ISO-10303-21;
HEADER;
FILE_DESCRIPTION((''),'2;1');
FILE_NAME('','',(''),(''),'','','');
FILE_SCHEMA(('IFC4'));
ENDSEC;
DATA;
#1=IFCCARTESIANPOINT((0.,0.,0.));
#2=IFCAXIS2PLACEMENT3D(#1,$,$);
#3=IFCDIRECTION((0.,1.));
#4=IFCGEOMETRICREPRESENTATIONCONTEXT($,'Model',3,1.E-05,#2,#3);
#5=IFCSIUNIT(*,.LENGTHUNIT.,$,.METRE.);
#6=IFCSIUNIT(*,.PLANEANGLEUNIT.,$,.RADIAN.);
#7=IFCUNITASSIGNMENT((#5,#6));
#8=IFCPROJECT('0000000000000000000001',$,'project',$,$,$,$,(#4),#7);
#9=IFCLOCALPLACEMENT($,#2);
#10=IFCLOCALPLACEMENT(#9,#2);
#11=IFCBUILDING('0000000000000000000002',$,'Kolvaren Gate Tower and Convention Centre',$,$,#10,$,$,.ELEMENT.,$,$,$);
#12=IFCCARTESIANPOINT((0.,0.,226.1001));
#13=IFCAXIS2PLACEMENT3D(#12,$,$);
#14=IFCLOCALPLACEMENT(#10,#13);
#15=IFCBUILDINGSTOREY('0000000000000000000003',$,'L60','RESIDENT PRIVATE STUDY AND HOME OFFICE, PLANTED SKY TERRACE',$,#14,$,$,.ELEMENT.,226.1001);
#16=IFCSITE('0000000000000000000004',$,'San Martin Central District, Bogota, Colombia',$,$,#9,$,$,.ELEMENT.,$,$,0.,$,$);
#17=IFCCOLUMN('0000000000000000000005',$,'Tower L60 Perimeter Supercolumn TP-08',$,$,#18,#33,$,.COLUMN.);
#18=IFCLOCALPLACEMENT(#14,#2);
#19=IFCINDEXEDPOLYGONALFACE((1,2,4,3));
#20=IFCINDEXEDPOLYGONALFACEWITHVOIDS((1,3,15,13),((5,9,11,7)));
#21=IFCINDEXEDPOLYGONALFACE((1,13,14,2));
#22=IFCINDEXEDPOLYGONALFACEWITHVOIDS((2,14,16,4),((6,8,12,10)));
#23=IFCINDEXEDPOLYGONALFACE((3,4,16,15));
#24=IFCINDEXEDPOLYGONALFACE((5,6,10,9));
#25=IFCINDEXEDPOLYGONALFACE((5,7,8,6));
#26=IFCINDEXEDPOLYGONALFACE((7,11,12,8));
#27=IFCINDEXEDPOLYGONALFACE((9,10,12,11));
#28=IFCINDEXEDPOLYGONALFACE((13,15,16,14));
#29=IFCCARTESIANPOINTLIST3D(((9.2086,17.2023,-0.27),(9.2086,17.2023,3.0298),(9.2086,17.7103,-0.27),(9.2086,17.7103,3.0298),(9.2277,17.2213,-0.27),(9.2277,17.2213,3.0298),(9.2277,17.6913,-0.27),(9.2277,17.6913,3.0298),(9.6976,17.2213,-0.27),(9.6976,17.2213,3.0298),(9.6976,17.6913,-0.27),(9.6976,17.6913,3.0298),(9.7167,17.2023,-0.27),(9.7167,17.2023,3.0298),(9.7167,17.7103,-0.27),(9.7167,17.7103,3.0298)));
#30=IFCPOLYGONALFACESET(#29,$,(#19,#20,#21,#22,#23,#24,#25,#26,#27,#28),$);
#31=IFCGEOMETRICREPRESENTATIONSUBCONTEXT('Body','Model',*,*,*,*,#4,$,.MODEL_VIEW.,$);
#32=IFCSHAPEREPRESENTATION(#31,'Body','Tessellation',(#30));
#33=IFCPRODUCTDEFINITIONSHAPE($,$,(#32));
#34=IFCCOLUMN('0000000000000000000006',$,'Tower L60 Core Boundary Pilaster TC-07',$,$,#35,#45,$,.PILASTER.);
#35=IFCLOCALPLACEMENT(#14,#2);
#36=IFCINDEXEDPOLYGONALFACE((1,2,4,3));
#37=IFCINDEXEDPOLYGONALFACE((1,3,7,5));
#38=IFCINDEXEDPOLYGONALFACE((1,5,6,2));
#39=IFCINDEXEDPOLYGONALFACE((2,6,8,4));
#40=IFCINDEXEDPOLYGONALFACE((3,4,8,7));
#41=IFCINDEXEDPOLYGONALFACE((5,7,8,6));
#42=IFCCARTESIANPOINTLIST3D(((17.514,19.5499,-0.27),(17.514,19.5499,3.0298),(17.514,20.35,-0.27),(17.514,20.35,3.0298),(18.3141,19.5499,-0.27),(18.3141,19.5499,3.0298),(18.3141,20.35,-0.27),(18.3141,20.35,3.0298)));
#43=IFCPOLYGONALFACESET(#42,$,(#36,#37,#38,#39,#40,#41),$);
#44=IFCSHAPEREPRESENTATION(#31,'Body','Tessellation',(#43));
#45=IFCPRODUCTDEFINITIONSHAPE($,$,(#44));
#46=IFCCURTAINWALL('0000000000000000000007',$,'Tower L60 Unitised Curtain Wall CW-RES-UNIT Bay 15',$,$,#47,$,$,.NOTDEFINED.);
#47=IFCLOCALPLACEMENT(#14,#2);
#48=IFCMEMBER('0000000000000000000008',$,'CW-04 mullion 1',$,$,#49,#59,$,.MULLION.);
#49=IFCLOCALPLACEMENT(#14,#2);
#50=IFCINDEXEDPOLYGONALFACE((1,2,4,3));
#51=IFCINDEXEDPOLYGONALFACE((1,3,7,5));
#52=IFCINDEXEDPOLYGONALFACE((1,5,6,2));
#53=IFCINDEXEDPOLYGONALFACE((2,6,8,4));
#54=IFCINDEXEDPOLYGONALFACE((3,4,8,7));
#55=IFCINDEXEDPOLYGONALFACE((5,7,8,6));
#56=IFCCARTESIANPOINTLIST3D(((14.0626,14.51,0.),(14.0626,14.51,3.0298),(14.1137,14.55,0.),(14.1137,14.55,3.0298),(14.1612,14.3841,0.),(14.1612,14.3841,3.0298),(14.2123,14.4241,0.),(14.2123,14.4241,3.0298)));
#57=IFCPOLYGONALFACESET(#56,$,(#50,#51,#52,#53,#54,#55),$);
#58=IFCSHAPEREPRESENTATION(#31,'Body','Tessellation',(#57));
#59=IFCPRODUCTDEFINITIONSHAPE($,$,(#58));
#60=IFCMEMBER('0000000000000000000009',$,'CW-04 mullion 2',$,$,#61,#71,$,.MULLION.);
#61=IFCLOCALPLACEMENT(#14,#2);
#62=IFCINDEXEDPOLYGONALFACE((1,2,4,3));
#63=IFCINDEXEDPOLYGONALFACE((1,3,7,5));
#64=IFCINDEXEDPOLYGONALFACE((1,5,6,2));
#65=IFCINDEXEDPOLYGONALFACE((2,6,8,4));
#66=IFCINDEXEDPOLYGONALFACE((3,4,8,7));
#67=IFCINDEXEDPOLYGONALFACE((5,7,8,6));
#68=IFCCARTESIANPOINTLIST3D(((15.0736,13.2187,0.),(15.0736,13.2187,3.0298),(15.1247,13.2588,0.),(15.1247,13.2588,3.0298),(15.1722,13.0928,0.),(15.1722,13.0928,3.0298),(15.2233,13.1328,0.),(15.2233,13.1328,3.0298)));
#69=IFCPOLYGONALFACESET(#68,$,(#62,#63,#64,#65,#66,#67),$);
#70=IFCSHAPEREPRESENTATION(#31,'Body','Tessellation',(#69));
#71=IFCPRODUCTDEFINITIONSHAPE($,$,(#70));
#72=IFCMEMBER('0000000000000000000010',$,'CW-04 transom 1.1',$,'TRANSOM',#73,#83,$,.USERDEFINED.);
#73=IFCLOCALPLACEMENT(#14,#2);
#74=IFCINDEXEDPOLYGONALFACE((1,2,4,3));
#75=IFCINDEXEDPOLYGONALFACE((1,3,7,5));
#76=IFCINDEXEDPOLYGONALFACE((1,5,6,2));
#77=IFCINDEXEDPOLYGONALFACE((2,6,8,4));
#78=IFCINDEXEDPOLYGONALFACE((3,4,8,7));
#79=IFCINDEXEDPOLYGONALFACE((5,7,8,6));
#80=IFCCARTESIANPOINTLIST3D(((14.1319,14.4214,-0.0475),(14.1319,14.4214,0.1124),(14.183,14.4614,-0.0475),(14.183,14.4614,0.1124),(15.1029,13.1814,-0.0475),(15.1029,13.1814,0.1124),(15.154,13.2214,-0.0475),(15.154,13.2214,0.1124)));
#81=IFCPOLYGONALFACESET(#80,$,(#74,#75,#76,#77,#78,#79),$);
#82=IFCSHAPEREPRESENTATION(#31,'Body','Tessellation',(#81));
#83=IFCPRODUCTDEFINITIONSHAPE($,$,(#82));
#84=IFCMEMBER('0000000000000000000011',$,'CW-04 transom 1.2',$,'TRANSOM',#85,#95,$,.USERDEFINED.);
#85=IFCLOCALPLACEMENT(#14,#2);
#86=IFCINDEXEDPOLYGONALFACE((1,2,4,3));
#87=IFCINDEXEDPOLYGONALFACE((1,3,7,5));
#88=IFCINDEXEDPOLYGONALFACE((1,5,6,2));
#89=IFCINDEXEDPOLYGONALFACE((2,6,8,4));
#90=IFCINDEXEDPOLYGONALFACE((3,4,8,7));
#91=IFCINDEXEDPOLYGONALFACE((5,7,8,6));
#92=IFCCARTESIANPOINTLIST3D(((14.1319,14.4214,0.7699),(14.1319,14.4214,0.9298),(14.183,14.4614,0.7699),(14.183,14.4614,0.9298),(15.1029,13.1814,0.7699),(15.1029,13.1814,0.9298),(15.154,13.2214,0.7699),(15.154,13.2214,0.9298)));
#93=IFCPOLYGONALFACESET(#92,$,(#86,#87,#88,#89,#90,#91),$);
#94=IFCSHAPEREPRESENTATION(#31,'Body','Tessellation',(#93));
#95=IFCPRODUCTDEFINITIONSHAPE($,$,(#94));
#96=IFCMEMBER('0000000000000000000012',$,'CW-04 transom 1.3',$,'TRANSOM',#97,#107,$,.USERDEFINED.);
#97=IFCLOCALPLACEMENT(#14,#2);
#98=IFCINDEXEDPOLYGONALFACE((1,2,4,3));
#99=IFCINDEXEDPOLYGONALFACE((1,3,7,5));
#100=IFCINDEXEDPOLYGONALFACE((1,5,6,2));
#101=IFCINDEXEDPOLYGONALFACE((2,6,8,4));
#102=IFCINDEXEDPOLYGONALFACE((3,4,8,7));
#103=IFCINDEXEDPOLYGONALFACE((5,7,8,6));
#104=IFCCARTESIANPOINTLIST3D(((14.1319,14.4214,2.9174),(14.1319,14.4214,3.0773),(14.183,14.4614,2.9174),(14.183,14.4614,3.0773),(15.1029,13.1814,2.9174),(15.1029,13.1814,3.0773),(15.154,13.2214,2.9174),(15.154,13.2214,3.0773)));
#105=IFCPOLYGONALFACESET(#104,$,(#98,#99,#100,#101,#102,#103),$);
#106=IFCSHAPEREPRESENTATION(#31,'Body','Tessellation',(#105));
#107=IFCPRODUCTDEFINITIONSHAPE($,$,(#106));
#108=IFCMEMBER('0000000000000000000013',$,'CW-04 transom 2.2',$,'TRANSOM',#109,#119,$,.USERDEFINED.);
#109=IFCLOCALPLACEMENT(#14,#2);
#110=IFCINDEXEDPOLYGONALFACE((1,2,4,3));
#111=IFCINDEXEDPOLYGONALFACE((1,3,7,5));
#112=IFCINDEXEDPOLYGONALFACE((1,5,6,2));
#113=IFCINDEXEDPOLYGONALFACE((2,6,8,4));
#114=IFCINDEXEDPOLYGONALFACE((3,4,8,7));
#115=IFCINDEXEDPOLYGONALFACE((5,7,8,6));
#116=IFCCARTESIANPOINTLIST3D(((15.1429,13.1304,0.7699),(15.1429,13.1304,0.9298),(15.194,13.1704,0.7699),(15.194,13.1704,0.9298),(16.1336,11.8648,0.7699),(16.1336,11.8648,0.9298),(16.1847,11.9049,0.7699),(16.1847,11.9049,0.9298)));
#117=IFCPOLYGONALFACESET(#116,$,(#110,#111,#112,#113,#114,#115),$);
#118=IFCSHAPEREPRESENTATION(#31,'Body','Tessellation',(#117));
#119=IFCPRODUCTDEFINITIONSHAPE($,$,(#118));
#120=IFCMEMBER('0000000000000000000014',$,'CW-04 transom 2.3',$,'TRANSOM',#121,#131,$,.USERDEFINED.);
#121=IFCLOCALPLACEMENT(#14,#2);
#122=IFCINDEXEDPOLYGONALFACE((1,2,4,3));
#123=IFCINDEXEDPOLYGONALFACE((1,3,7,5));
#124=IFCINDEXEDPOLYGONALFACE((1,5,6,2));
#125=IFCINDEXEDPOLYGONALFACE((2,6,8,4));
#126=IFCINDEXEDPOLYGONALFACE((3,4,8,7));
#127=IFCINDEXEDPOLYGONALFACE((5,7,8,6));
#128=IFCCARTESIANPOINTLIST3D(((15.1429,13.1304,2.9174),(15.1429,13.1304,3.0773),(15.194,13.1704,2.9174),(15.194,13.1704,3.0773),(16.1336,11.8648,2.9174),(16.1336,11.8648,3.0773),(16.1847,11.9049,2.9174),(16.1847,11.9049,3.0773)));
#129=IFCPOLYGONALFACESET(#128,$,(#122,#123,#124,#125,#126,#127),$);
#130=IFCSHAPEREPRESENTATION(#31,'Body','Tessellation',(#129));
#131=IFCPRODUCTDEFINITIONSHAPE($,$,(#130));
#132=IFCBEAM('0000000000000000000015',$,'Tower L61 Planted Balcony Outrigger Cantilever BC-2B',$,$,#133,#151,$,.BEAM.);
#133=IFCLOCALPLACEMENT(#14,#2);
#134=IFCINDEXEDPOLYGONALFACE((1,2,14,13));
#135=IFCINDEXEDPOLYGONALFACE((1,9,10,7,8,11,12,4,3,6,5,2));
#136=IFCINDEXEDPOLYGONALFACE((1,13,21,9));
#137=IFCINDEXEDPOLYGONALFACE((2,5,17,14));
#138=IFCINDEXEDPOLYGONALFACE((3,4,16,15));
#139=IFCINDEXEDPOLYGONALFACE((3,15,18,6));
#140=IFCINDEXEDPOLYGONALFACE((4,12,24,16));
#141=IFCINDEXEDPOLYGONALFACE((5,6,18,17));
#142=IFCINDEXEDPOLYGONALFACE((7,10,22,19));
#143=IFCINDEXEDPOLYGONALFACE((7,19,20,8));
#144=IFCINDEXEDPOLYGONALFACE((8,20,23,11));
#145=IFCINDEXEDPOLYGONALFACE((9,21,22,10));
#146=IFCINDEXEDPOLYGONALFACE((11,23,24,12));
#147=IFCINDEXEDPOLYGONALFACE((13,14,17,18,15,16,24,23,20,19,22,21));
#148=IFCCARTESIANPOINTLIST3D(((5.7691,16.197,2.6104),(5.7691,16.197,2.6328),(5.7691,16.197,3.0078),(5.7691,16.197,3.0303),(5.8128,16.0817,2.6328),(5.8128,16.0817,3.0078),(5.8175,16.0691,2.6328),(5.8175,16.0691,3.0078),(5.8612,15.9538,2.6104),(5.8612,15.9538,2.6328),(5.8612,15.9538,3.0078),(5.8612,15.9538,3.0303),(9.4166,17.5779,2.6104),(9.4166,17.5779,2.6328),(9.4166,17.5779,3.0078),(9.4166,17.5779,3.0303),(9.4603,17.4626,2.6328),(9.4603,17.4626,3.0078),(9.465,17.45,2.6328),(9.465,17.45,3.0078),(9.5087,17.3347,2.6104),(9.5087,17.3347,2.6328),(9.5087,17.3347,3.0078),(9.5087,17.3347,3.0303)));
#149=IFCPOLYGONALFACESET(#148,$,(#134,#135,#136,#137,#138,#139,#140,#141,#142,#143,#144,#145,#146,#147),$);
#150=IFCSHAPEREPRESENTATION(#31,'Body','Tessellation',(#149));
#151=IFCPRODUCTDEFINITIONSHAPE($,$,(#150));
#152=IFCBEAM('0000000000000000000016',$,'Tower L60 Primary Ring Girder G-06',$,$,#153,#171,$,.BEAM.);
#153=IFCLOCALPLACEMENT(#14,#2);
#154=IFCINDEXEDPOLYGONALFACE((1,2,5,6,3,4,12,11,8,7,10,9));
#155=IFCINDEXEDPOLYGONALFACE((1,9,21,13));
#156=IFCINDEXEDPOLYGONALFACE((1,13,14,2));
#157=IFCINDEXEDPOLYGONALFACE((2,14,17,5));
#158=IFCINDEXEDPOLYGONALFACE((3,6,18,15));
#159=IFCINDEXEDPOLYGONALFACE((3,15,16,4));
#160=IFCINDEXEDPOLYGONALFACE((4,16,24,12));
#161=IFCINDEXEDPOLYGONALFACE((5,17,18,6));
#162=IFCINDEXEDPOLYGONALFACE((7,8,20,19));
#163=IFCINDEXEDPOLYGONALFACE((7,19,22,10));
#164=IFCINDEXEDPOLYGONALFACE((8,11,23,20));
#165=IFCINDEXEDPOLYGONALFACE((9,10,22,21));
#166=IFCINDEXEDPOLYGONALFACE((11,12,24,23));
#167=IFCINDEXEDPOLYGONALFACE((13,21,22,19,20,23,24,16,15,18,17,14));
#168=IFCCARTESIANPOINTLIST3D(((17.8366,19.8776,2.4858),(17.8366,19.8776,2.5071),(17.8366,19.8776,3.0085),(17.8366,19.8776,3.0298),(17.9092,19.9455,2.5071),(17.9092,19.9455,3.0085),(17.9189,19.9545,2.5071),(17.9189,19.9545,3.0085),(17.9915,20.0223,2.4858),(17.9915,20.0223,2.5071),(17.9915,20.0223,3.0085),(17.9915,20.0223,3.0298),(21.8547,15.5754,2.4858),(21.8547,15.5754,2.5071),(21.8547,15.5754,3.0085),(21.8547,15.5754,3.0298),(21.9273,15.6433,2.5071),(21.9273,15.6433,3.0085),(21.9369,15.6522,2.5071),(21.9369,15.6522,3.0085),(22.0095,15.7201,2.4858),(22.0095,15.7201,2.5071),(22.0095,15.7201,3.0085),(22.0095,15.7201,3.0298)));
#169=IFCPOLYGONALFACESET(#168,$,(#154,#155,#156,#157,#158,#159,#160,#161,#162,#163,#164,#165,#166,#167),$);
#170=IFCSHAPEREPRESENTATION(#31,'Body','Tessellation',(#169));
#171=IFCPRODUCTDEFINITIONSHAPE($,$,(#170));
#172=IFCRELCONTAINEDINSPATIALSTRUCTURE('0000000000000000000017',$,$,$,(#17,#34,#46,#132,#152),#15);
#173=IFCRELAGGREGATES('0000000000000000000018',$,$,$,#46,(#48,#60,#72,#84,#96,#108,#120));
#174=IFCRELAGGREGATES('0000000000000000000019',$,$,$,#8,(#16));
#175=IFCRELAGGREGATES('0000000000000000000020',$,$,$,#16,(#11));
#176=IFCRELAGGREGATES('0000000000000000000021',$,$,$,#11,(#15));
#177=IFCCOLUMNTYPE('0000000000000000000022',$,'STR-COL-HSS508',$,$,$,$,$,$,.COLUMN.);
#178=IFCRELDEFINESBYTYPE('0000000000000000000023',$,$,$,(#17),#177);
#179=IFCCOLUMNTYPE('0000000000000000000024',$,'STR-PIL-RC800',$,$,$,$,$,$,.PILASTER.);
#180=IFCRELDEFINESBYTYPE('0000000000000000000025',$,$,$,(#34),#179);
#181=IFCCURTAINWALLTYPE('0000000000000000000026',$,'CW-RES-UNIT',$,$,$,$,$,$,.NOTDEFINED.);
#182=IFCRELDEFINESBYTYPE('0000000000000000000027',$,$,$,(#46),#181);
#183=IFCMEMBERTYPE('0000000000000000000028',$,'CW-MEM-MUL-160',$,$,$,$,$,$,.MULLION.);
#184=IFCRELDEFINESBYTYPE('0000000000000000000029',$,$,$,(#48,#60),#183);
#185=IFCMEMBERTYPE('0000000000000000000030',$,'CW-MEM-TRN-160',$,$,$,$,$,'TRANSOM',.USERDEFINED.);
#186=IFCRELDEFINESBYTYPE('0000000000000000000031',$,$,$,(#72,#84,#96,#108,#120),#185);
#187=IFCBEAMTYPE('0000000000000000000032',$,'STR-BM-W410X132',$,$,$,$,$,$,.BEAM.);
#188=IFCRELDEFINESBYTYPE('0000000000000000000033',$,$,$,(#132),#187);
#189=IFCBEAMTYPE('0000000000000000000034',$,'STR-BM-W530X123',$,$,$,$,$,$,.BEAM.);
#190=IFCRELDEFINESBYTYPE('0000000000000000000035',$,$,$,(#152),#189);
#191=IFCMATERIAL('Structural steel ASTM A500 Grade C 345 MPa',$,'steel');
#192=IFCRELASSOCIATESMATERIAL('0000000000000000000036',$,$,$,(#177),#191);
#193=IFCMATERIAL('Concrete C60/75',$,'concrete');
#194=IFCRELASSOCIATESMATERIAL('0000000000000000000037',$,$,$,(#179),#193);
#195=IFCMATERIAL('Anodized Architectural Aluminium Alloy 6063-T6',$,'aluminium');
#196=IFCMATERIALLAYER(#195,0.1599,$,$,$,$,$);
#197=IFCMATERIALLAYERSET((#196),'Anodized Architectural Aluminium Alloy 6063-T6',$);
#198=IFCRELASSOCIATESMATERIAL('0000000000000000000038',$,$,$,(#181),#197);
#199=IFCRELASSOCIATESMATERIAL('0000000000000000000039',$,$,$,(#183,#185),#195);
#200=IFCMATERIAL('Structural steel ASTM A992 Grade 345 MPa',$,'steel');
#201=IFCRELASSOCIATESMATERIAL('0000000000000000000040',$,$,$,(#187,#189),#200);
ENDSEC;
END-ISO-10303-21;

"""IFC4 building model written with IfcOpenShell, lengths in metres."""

from ifc_helpers import new_model, si_unit, direction, frame, origin, origin_2d, place, context, subcontext, project, spatial, rectangle, hollow_rectangle, i_section, extrude, material, layer, layer_set, material_profile, profile_set, type_object, element, aggregate, save


model = new_model("IFC4")

# Units and contexts
model_context = context("Model", 3, precision=1e-05, world=origin(), true_north=direction((0.0, 1.0)))
body_context = subcontext(model_context, "Body", "Model", "MODEL_VIEW")
ifc_project = project(units=[si_unit("LENGTHUNIT", "METRE"), si_unit("PLANEANGLEUNIT", "RADIAN")], contexts=[model_context])

# Site, building, storey
site_placement = place(None, origin())
site = spatial("IfcSite", under=ifc_project, at=site_placement, Name="San Martin Central District, Bogota, Colombia", CompositionType="ELEMENT", RefElevation=0.0)
building_placement = place(site_placement, origin())
building = spatial("IfcBuilding", under=site, at=building_placement, Name="Kolvaren Gate Tower and Convention Centre", CompositionType="ELEMENT")
storey_placement = place(building_placement, frame((0.0, 0.0, 226.1001)))
storey = spatial("IfcBuildingStorey", under=building, at=storey_placement, Name="L60", Description="RESIDENT PRIVATE STUDY AND HOME OFFICE, PLANTED SKY TERRACE", CompositionType="ELEMENT", Elevation=226.1001)

# Columns
ifc_material_1 = material(Name="Structural steel ASTM A500 Grade C 345 MPa", Category="steel")
ifc_material_profile_1 = material_profile(ifc_material_1, hollow_rectangle(XDim=0.5081, YDim=0.5081, WallThickness=0.019, at=origin_2d()), Name="HSS508X508X19.1")
ifc_profile_set_1 = profile_set([ifc_material_profile_1], Name="Structural steel ASTM A500 Grade C 345 MPa")
column_type_1 = type_object("IfcColumnType", Name="STR-COL-HSS508", PredefinedType="COLUMN", material=ifc_profile_set_1)
column_1_placement = place(storey_placement, frame((9.4626, 17.4563, -0.27), z_axis=(0.0, 0.0, 1.0), x_axis=(1.0, 0.0, 0.0)))
element("IfcColumn", 1, at=column_1_placement, inside=storey, type_object=column_type_1, Name="Tower L60 Perimeter Supercolumn TP-08", PredefinedType="COLUMN", context=body_context, shape_type="SweptSolid", body=[
    extrude(hollow_rectangle(XDim=0.5081, YDim=0.5081, WallThickness=0.019, at=origin_2d()), origin(), (0.0, 0.0, 1.0), 3.2998),
])
ifc_material_2 = material(Name="Concrete C60/75", Category="concrete")
ifc_material_profile_2 = material_profile(ifc_material_2, rectangle(XDim=0.8, YDim=0.8, at=origin_2d()), Name="RC-COL-800X800")
ifc_profile_set_2 = profile_set([ifc_material_profile_2], Name="Concrete C60/75")
column_type_2 = type_object("IfcColumnType", Name="STR-PIL-RC800", PredefinedType="PILASTER", material=ifc_profile_set_2)
column_2_placement = place(storey_placement, frame((17.9141, 19.95, -0.27), z_axis=(0.0, 0.0, 1.0), x_axis=(1.0, 0.0, 0.0)))
element("IfcColumn", 2, at=column_2_placement, inside=storey, type_object=column_type_2, Name="Tower L60 Core Boundary Pilaster TC-07", PredefinedType="PILASTER", context=body_context, shape_type="SweptSolid", body=[
    extrude(rectangle(XDim=0.8, YDim=0.8, at=origin_2d()), origin(), (0.0, 0.0, 1.0), 3.2998),
])

# Curtain wall, members
ifc_material_3 = material(Name="Anodized Architectural Aluminium Alloy 6063-T6", Category="aluminium")
ifc_layer_1 = layer(ifc_material_3, 0.1599)
ifc_layer_set_1 = layer_set([ifc_layer_1], Name="Anodized Architectural Aluminium Alloy 6063-T6")
curtain_wall_type = type_object("IfcCurtainWallType", Name="CW-RES-UNIT", PredefinedType="NOTDEFINED", material=ifc_layer_set_1)
curtain_wall_placement = place(storey_placement, origin())
curtain_wall = element("IfcCurtainWall", 3, at=curtain_wall_placement, inside=storey, type_object=curtain_wall_type, Name="Tower L60 Unitised Curtain Wall CW-RES-UNIT Bay 15", PredefinedType="NOTDEFINED")
ifc_material_profile_3 = material_profile(ifc_material_3, rectangle(XDim=0.0649, YDim=0.1599, at=origin_2d()), Name="CW-MEM-MUL-160")
ifc_profile_set_3 = profile_set([ifc_material_profile_3], Name="Anodized Architectural Aluminium Alloy 6063-T6")
member_type_1 = type_object("IfcMemberType", Name="CW-MEM-MUL-160", PredefinedType="MULLION", material=ifc_profile_set_3)
member_1_placement = place(storey_placement, frame((14.1375, 14.467, 0.0), z_axis=(0.0, 0.0, 1.0), x_axis=(0.78741, 0.61643, 0.0)))
member_1 = element("IfcMember", 4, at=member_1_placement, type_object=member_type_1, Name="CW-04 mullion 1", PredefinedType="MULLION", context=body_context, shape_type="SweptSolid", body=[
    extrude(rectangle(XDim=0.0649, YDim=0.1599, at=origin_2d()), origin(), (0.0, 0.0, 1.0), 3.0298),
])
member_2_placement = place(storey_placement, frame((15.1484, 13.1758, 0.0), z_axis=(0.0, 0.0, 1.0), x_axis=(0.78741, 0.61643, 0.0)))
member_2 = element("IfcMember", 5, at=member_2_placement, type_object=member_type_1, Name="CW-04 mullion 2", PredefinedType="MULLION", context=body_context, shape_type="SweptSolid", body=[
    extrude(rectangle(XDim=0.0649, YDim=0.1599, at=origin_2d()), origin(), (0.0, 0.0, 1.0), 3.0298),
])
ifc_material_profile_4 = material_profile(ifc_material_3, rectangle(XDim=0.0649, YDim=0.1599, at=origin_2d()), Name="CW-MEM-TRN-160")
ifc_profile_set_4 = profile_set([ifc_material_profile_4], Name="Anodized Architectural Aluminium Alloy 6063-T6")
member_type_2 = type_object("IfcMemberType", Name="CW-MEM-TRN-160", ElementType="TRANSOM", PredefinedType="USERDEFINED", material=ifc_profile_set_4)
member_3_placement = place(storey_placement, frame((14.1575, 14.4414, 0.0325), z_axis=(0.616513, -0.787345, 0.0), x_axis=(0.787345, 0.616513, 0.0)))
member_3 = element("IfcMember", 6, at=member_3_placement, type_object=member_type_2, Name="CW-04 transom 1.1", ObjectType="TRANSOM", PredefinedType="USERDEFINED", context=body_context, shape_type="SweptSolid", body=[
    extrude(rectangle(XDim=0.0649, YDim=0.1599, at=origin_2d()), origin(), (0.0, 0.0, 1.0), 1.575),
])
member_4_placement = place(storey_placement, frame((14.1575, 14.4414, 0.8499), z_axis=(0.616513, -0.787345, 0.0), x_axis=(0.787345, 0.616513, 0.0)))
member_4 = element("IfcMember", 7, at=member_4_placement, type_object=member_type_2, Name="CW-04 transom 1.2", ObjectType="TRANSOM", PredefinedType="USERDEFINED", context=body_context, shape_type="SweptSolid", body=[
    extrude(rectangle(XDim=0.0649, YDim=0.1599, at=origin_2d()), origin(), (0.0, 0.0, 1.0), 1.575),
])
member_5_placement = place(storey_placement, frame((14.1575, 14.4414, 2.9973), z_axis=(0.616513, -0.787345, 0.0), x_axis=(0.787345, 0.616513, 0.0)))
member_5 = element("IfcMember", 8, at=member_5_placement, type_object=member_type_2, Name="CW-04 transom 1.3", ObjectType="TRANSOM", PredefinedType="USERDEFINED", context=body_context, shape_type="SweptSolid", body=[
    extrude(rectangle(XDim=0.0649, YDim=0.1599, at=origin_2d()), origin(), (0.0, 0.0, 1.0), 1.575),
])
member_6_placement = place(storey_placement, frame((15.1685, 13.1504, 0.8499), z_axis=(0.616398, -0.787434, 0.0), x_axis=(0.787434, 0.616398, 0.0)))
member_6 = element("IfcMember", 9, at=member_6_placement, type_object=member_type_2, Name="CW-04 transom 2.2", ObjectType="TRANSOM", PredefinedType="USERDEFINED", context=body_context, shape_type="SweptSolid", body=[
    extrude(rectangle(XDim=0.0649, YDim=0.1599, at=origin_2d()), origin(), (0.0, 0.0, 1.0), 1.6072),
])
member_7_placement = place(storey_placement, frame((15.1685, 13.1504, 2.9973), z_axis=(0.616398, -0.787434, 0.0), x_axis=(0.787434, 0.616398, 0.0)))
member_7 = element("IfcMember", 10, at=member_7_placement, type_object=member_type_2, Name="CW-04 transom 2.3", ObjectType="TRANSOM", PredefinedType="USERDEFINED", context=body_context, shape_type="SweptSolid", body=[
    extrude(rectangle(XDim=0.0649, YDim=0.1599, at=origin_2d()), origin(), (0.0, 0.0, 1.0), 1.6072),
])

# Beams
ifc_material_4 = material(Name="Structural steel ASTM A992 Grade 345 MPa", Category="steel")
ifc_material_profile_5 = material_profile(ifc_material_4, i_section(OverallWidth=0.26, OverallDepth=0.4199, WebThickness=0.0134, FlangeThickness=0.0225, at=origin_2d()), Name="W410X132")
ifc_profile_set_5 = profile_set([ifc_material_profile_5], Name="Structural steel ASTM A992 Grade 345 MPa")
beam_type_1 = type_object("IfcBeamType", Name="STR-BM-W410X132", PredefinedType="BEAM", material=ifc_profile_set_5)
beam_1_placement = place(storey_placement, frame((9.4626, 17.4563, 2.8203), z_axis=(-0.935224, -0.354058, 0.0), x_axis=(0.354058, -0.935224, 0.0)))
element("IfcBeam", 11, at=beam_1_placement, inside=storey, type_object=beam_type_1, Name="Tower L61 Planted Balcony Outrigger Cantilever BC-2B", PredefinedType="BEAM", context=body_context, shape_type="SweptSolid", body=[
    extrude(i_section(OverallWidth=0.26, OverallDepth=0.4199, WebThickness=0.0134, FlangeThickness=0.0225, at=origin_2d()), origin(), (0.0, 0.0, 1.0), 3.9001),
])
ifc_material_profile_6 = material_profile(ifc_material_4, i_section(OverallWidth=0.2119, OverallDepth=0.5439, WebThickness=0.0132, FlangeThickness=0.0212, at=origin_2d()), Name="W530X123")
ifc_profile_set_6 = profile_set([ifc_material_profile_6], Name="Structural steel ASTM A992 Grade 345 MPa")
beam_type_2 = type_object("IfcBeamType", Name="STR-BM-W530X123", PredefinedType="BEAM", material=ifc_profile_set_6)
beam_2_placement = place(storey_placement, frame((17.9141, 19.95, 2.7578), z_axis=(0.682558, -0.730832, 0.0), x_axis=(0.730832, 0.682558, 0.0)))
element("IfcBeam", 12, at=beam_2_placement, inside=storey, type_object=beam_type_2, Name="Tower L60 Primary Ring Girder G-06", PredefinedType="BEAM", context=body_context, shape_type="SweptSolid", body=[
    extrude(i_section(OverallWidth=0.2119, OverallDepth=0.5439, WebThickness=0.0132, FlangeThickness=0.0212, at=origin_2d()), origin(), (0.0, 0.0, 1.0), 5.8867),
])

aggregate(curtain_wall, [member_1, member_2, member_3, member_4, member_5, member_6, member_7])

save(model, "model.ifc")
